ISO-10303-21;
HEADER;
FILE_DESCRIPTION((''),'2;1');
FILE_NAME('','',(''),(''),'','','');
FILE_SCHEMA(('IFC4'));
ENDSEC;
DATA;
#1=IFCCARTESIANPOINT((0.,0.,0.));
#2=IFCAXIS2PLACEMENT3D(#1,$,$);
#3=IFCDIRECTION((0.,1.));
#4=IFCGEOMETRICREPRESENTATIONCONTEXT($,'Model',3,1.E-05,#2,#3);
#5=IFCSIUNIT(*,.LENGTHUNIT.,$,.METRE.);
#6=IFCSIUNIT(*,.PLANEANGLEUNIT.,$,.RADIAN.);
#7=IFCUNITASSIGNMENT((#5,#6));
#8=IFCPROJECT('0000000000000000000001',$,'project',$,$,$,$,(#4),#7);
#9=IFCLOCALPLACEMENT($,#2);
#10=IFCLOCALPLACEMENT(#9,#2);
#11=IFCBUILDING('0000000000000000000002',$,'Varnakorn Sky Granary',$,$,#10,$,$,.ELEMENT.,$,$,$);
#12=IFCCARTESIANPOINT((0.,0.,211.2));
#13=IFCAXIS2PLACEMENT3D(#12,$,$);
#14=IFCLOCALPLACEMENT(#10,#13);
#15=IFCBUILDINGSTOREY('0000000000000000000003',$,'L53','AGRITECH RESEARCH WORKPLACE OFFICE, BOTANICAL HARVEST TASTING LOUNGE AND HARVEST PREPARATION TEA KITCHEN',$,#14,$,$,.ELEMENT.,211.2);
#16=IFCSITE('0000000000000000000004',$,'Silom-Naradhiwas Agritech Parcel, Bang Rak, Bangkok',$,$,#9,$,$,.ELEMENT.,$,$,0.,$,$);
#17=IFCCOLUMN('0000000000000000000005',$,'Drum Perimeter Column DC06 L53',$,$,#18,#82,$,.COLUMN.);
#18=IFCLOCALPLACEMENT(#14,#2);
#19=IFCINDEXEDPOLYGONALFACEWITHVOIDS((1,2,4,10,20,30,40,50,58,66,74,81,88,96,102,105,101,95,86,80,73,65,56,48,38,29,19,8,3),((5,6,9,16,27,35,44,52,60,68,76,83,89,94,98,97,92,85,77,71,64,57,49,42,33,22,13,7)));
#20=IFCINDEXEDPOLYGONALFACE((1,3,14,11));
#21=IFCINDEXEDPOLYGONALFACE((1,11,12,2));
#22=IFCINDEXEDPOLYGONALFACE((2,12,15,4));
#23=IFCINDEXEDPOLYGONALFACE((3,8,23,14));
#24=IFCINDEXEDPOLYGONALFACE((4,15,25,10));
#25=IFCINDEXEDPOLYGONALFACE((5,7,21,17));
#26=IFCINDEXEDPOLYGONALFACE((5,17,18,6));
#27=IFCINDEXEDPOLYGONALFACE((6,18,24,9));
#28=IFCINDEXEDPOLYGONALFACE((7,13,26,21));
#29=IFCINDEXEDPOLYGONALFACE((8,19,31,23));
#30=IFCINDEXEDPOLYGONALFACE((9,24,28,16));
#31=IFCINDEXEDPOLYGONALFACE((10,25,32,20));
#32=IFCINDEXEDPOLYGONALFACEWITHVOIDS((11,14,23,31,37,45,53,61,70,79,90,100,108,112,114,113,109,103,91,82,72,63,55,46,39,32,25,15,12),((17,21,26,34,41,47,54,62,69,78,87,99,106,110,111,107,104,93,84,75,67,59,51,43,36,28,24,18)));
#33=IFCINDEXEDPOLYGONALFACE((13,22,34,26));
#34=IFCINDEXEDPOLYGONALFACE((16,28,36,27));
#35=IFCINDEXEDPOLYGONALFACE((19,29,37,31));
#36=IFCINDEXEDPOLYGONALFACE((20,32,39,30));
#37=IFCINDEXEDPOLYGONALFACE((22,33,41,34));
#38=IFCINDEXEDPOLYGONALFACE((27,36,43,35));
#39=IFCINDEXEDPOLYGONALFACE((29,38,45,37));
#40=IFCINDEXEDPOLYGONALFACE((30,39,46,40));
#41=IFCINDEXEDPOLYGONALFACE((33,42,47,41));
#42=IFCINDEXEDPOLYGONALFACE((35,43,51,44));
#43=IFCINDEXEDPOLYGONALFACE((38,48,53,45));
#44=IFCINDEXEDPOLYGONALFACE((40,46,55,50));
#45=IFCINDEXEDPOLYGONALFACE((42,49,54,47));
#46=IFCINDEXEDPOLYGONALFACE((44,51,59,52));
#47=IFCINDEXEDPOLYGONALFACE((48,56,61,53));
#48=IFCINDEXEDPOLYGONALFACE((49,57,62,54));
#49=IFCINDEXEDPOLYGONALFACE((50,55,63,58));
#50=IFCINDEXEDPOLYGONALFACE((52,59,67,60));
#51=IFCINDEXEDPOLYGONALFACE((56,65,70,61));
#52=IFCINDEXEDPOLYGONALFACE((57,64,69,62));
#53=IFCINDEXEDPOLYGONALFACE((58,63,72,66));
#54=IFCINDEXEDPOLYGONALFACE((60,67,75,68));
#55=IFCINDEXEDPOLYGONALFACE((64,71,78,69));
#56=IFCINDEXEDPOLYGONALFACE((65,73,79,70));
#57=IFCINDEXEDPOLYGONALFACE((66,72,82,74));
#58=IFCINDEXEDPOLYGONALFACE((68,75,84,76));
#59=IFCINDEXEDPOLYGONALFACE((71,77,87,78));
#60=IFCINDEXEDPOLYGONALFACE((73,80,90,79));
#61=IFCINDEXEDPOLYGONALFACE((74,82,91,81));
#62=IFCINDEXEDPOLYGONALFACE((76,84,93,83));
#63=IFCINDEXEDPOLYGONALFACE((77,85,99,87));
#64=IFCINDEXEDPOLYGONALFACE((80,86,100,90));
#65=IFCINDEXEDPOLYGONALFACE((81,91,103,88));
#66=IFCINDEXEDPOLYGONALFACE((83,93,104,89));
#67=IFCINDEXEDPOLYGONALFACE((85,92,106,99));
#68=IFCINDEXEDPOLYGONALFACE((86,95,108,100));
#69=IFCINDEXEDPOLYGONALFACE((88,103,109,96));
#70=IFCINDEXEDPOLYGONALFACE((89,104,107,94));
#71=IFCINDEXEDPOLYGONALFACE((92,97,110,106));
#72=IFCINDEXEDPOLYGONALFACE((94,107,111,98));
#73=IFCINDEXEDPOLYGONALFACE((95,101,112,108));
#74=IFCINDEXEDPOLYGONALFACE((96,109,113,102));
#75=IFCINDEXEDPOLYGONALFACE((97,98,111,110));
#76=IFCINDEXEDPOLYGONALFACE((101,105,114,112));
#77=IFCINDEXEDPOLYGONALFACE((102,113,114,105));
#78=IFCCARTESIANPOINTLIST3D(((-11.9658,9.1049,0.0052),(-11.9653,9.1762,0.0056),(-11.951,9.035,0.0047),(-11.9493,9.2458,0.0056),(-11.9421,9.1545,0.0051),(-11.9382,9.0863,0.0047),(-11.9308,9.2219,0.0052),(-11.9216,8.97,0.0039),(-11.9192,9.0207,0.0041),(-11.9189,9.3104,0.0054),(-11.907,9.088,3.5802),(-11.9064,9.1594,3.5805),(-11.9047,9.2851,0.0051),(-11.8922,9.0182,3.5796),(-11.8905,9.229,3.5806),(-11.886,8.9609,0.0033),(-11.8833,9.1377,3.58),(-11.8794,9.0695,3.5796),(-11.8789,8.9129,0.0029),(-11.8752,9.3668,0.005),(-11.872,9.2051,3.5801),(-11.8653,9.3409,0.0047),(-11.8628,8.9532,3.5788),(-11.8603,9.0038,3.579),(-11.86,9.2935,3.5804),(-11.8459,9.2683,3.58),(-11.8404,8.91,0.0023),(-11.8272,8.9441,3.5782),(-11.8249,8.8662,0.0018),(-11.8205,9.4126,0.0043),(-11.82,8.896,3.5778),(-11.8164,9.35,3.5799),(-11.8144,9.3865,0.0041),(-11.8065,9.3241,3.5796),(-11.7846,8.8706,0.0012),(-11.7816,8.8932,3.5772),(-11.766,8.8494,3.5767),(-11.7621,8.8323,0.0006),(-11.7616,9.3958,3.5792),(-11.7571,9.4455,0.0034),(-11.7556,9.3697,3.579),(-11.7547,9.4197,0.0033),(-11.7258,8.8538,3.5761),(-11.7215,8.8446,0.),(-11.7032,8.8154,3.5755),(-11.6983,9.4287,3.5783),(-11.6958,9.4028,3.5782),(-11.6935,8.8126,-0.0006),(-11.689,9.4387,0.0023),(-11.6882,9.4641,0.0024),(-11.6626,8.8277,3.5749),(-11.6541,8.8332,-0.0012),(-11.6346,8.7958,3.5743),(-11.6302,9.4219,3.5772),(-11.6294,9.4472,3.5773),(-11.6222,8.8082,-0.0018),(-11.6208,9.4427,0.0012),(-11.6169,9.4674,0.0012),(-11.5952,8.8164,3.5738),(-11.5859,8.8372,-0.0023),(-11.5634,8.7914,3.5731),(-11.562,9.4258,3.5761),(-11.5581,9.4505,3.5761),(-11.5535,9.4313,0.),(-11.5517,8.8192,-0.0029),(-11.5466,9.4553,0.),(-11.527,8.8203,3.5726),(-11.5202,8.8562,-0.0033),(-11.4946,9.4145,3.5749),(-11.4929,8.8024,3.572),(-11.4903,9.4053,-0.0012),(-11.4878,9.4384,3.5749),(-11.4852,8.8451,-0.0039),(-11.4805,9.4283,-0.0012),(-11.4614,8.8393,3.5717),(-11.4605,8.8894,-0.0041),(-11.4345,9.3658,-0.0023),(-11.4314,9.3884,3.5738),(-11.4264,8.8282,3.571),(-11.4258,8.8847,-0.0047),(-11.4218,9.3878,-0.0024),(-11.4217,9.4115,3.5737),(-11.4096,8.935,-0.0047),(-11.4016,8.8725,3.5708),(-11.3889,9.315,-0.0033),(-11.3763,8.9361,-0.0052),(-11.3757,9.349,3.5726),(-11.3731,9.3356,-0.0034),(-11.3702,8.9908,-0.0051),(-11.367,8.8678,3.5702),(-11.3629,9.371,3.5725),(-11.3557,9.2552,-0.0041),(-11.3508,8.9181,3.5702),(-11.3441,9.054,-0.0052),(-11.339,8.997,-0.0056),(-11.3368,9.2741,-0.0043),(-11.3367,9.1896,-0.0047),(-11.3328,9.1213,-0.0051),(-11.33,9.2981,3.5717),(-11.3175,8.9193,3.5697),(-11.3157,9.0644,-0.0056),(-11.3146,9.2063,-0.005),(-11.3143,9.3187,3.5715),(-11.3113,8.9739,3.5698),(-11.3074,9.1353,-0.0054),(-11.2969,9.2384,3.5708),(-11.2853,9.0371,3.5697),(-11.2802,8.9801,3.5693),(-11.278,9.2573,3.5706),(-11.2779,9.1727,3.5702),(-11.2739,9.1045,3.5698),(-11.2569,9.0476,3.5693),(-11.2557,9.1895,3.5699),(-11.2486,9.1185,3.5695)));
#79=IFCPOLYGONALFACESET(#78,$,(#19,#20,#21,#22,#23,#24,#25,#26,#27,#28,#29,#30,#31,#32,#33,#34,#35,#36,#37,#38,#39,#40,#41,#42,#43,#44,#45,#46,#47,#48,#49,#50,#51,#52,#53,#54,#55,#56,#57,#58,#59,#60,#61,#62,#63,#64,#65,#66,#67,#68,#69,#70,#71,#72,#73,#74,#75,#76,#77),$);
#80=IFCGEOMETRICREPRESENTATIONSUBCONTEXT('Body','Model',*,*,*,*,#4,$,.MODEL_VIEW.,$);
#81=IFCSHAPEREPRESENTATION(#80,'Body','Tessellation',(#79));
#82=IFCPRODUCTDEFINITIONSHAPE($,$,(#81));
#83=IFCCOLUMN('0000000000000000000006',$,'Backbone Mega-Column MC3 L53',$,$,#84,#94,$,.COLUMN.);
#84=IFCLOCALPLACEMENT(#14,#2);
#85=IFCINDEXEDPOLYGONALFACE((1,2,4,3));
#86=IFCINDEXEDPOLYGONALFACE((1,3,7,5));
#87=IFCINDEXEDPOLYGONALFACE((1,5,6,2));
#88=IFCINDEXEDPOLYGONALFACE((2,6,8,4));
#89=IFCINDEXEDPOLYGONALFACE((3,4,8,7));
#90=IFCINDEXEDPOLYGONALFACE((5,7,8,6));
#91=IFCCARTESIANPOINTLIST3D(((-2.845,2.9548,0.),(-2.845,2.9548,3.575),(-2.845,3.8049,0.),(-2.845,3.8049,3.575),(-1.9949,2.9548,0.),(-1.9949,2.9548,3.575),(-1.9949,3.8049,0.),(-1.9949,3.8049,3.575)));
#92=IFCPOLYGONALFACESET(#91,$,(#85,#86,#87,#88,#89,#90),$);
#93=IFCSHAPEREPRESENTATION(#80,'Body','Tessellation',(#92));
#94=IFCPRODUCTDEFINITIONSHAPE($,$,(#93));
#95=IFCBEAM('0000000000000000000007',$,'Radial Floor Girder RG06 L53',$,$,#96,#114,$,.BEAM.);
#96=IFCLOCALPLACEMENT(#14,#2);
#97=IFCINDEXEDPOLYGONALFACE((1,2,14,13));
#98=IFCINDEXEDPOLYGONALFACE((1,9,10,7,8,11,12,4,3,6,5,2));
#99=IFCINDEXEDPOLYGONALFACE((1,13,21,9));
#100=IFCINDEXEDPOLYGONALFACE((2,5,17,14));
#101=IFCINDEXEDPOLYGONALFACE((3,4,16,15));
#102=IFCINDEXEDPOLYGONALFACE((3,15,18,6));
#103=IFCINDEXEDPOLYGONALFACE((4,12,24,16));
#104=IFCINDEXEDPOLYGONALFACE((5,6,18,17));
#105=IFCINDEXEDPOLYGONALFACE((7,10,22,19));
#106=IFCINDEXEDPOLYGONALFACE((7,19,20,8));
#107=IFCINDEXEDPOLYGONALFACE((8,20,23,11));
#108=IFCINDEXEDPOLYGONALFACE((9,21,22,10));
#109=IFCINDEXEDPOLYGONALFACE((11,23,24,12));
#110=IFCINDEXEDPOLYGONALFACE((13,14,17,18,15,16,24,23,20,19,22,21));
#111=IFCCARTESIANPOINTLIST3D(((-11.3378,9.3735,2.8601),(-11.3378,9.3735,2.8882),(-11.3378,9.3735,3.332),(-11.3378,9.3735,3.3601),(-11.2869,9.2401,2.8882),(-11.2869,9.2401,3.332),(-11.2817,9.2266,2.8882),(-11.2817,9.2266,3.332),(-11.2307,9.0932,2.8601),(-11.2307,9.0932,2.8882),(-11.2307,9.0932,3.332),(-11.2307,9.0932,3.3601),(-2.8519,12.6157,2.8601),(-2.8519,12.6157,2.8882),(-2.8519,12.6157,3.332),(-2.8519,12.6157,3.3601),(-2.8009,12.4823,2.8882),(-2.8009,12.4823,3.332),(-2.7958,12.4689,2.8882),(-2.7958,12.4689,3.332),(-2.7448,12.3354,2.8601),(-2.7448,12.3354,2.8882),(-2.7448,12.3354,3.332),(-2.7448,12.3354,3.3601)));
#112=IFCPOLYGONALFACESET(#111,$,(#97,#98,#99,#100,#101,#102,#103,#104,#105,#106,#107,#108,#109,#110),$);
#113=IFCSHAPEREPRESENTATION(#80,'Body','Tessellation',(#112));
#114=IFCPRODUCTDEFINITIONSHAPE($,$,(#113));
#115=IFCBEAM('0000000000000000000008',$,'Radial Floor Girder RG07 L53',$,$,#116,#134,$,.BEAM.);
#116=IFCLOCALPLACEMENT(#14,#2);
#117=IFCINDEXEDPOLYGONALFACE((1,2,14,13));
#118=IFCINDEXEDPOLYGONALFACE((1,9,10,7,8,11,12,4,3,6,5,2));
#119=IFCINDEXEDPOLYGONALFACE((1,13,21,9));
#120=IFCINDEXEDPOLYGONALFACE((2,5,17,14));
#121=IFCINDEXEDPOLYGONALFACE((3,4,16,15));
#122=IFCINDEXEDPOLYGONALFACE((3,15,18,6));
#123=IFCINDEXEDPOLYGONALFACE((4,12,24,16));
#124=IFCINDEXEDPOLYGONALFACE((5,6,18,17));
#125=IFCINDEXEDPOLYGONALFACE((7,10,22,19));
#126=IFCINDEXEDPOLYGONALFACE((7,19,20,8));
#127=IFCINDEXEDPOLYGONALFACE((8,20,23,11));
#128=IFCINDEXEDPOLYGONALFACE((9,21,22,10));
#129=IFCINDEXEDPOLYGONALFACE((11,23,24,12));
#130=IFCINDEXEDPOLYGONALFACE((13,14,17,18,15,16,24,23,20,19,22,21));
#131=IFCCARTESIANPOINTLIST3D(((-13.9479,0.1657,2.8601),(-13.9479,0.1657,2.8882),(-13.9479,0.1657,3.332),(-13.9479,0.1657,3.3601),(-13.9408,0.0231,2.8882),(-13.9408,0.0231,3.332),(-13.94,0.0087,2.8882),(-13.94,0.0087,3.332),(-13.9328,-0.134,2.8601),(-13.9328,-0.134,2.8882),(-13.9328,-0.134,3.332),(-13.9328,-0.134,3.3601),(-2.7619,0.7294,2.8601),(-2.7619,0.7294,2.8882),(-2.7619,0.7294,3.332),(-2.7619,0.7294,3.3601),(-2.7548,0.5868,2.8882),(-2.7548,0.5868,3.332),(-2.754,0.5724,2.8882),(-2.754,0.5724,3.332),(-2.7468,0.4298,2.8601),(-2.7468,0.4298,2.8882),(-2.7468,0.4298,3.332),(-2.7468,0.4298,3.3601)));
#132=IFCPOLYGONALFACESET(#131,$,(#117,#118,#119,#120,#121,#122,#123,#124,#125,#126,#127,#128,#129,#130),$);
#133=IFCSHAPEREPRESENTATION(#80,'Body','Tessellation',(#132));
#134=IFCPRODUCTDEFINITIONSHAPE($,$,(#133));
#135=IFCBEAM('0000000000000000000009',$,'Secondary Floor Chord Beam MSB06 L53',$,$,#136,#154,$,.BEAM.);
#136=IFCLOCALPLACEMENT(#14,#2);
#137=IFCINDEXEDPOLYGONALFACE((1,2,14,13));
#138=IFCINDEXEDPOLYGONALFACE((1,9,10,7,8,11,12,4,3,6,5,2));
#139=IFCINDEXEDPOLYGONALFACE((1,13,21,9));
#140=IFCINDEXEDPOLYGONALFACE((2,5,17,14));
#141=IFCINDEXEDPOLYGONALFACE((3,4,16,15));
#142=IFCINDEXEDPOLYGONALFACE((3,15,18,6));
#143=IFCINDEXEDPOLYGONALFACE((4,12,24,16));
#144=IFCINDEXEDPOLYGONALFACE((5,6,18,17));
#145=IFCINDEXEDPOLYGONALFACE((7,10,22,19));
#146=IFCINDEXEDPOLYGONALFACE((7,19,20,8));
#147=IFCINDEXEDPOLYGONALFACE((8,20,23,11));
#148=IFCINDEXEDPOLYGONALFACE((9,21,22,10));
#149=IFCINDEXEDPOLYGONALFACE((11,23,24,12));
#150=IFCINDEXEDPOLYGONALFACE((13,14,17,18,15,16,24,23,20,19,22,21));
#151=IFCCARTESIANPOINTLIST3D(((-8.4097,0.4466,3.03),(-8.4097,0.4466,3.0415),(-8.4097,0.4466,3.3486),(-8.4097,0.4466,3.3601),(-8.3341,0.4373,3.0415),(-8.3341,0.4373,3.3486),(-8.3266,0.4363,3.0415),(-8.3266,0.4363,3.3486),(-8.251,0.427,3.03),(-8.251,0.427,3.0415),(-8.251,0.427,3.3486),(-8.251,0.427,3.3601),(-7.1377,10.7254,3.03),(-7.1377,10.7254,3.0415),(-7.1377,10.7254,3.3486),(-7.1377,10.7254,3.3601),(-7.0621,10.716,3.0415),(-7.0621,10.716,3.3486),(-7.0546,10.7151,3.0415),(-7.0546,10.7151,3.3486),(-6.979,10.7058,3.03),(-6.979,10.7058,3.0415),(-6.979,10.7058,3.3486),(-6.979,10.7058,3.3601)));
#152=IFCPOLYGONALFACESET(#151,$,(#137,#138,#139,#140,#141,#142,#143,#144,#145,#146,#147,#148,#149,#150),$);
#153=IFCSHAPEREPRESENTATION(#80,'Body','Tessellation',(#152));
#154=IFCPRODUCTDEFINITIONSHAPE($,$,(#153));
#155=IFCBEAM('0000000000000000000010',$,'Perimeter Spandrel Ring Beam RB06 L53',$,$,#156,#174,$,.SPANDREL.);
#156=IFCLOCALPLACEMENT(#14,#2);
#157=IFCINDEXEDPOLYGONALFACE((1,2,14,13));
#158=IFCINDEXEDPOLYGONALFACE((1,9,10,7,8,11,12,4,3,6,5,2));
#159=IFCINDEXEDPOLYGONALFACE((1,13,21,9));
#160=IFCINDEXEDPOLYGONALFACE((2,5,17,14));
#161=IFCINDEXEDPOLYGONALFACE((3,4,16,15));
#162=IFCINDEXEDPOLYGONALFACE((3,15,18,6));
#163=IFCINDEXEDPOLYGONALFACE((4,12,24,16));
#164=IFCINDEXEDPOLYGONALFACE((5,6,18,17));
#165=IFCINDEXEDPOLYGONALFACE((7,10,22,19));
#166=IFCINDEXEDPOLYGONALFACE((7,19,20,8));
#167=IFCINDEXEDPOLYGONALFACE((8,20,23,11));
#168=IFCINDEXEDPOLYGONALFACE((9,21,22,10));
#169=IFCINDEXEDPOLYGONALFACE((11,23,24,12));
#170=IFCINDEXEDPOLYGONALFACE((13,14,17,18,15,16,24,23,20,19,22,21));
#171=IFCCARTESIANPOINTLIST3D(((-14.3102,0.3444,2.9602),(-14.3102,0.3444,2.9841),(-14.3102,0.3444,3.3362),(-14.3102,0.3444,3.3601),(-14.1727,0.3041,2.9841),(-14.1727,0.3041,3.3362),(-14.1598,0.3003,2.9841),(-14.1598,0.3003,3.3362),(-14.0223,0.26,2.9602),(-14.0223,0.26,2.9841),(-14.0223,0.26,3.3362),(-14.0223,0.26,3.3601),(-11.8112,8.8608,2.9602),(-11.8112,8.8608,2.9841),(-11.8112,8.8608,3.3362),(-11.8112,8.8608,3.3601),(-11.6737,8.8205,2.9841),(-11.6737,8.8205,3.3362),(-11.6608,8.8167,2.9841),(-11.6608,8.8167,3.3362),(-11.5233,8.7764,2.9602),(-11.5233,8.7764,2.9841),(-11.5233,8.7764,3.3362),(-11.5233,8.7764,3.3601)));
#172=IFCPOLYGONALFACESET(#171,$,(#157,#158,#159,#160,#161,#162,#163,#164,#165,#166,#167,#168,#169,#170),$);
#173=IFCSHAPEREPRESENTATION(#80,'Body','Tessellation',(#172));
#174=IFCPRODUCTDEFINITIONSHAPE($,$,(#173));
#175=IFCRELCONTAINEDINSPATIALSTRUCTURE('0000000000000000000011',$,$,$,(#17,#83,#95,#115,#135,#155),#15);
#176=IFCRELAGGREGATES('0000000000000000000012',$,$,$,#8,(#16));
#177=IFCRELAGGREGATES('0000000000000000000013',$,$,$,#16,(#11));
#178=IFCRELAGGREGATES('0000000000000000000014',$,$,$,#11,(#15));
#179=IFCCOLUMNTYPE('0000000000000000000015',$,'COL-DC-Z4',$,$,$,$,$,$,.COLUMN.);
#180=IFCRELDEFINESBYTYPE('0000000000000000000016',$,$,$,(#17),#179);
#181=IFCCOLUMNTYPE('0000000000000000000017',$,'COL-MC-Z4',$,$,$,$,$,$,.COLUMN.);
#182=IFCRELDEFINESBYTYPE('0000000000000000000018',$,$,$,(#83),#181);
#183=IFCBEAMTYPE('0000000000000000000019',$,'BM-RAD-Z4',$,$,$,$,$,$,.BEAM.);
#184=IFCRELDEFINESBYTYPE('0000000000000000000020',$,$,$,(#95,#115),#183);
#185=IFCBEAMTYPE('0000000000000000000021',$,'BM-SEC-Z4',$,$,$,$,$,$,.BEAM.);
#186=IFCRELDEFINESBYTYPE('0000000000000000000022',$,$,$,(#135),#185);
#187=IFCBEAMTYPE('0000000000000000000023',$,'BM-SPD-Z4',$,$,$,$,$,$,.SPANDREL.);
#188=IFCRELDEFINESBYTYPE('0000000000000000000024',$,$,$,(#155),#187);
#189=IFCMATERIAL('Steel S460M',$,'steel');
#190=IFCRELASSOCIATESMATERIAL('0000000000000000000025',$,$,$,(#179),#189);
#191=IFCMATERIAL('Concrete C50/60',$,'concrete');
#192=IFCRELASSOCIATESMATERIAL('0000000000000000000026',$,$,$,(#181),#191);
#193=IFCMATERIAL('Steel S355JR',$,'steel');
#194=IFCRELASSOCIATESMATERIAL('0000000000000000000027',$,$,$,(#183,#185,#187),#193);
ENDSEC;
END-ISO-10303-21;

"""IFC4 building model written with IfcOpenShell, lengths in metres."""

from ifc_helpers import new_model, si_unit, direction, frame, origin, origin_2d, place, context, subcontext, project, spatial, rectangle, hollow_circle, i_section, extrude, material, material_profile, profile_set, type_object, element, save


model = new_model("IFC4")

# Units and contexts
model_context = context("Model", 3, precision=1e-05, world=origin(), true_north=direction((0.0, 1.0)))
body_context = subcontext(model_context, "Body", "Model", "MODEL_VIEW")
ifc_project = project(units=[si_unit("LENGTHUNIT", "METRE"), si_unit("PLANEANGLEUNIT", "RADIAN")], contexts=[model_context])

# Site, building, storey
site_placement = place(None, origin())
site = spatial("IfcSite", under=ifc_project, at=site_placement, Name="Silom-Naradhiwas Agritech Parcel, Bang Rak, Bangkok", CompositionType="ELEMENT", RefElevation=0.0)
building_placement = place(site_placement, origin())
building = spatial("IfcBuilding", under=site, at=building_placement, Name="Varnakorn Sky Granary", CompositionType="ELEMENT")
storey_placement = place(building_placement, frame((0.0, 0.0, 211.2)))
storey = spatial("IfcBuildingStorey", under=building, at=storey_placement, Name="L53", Description="AGRITECH RESEARCH WORKPLACE OFFICE, BOTANICAL HARVEST TASTING LOUNGE AND HARVEST PREPARATION TEA KITCHEN", CompositionType="ELEMENT", Elevation=211.2)

# Columns
ifc_material_1 = material(Name="Steel S460M", Category="steel")
ifc_material_profile_1 = material_profile(ifc_material_1, hollow_circle(Radius=0.3301, WallThickness=0.0249, at=origin_2d()), Name="CHS 660x25")
ifc_profile_set_1 = profile_set([ifc_material_profile_1], Name="Steel S460M")
column_type_1 = type_object("IfcColumnType", Name="COL-DC-Z4", PredefinedType="COLUMN", material=ifc_profile_set_1)
column_1_placement = place(storey_placement, frame((-11.6375, 9.1379, 0.0), z_axis=(0.016456, -0.004711, 0.999853), x_axis=(0.275248, 0.961373, 0.0)))
element("IfcColumn", 1, at=column_1_placement, inside=storey, type_object=column_type_1, Name="Drum Perimeter Column DC06 L53", PredefinedType="COLUMN", context=body_context, shape_type="SweptSolid", body=[
    extrude(hollow_circle(Radius=0.3301, WallThickness=0.0249, at=origin_2d()), origin(), (0.0, 0.0, 1.0), 3.5754),
])
ifc_material_2 = material(Name="Concrete C50/60", Category="concrete")
ifc_material_profile_2 = material_profile(ifc_material_2, rectangle(XDim=0.8501, YDim=0.8501, at=origin_2d()), Name="RC 850x850")
ifc_profile_set_2 = profile_set([ifc_material_profile_2], Name="Concrete C50/60")
column_type_2 = type_object("IfcColumnType", Name="COL-MC-Z4", PredefinedType="COLUMN", material=ifc_profile_set_2)
column_2_placement = place(storey_placement, frame((-2.4199, 3.3799, 0.0), z_axis=(0.0, 0.0, 1.0), x_axis=(1.0, 0.0, 0.0)))
element("IfcColumn", 2, at=column_2_placement, inside=storey, type_object=column_type_2, Name="Backbone Mega-Column MC3 L53", PredefinedType="COLUMN", context=body_context, shape_type="SweptSolid", body=[
    extrude(rectangle(XDim=0.8501, YDim=0.8501, at=origin_2d()), origin(), (0.0, 0.0, 1.0), 3.575),
])

# Beams
ifc_material_3 = material(Name="Steel S355JR", Category="steel")
ifc_material_profile_3 = material_profile(ifc_material_3, i_section(OverallWidth=0.3, OverallDepth=0.5, WebThickness=0.0144, FlangeThickness=0.0281, at=origin_2d()), Name="HE 500 B")
ifc_profile_set_3 = profile_set([ifc_material_profile_3], Name="Steel S355JR")
beam_type_1 = type_object("IfcBeamType", Name="BM-RAD-Z4", PredefinedType="BEAM", material=ifc_profile_set_3)
beam_1_placement = place(storey_placement, frame((-2.7983, 12.4756, 3.1101), z_axis=(-0.93414, -0.356907, 0.0), x_axis=(0.356907, -0.93414, 0.0)))
element("IfcBeam", 3, at=beam_1_placement, inside=storey, type_object=beam_type_1, Name="Radial Floor Girder RG06 L53", PredefinedType="BEAM", context=body_context, shape_type="SweptSolid", body=[
    extrude(i_section(OverallWidth=0.3, OverallDepth=0.5, WebThickness=0.0144, FlangeThickness=0.0281, at=origin_2d()), origin(), (0.0, 0.0, 1.0), 9.0842),
])
beam_2_placement = place(storey_placement, frame((-2.7544, 0.5796, 3.1101), z_axis=(-0.998733, -0.050331, 0.0), x_axis=(0.050331, -0.998733, 0.0)))
element("IfcBeam", 4, at=beam_2_placement, inside=storey, type_object=beam_type_1, Name="Radial Floor Girder RG07 L53", PredefinedType="BEAM", context=body_context, shape_type="SweptSolid", body=[
    extrude(i_section(OverallWidth=0.3, OverallDepth=0.5, WebThickness=0.0144, FlangeThickness=0.0281, at=origin_2d()), origin(), (0.0, 0.0, 1.0), 11.2002),
])
ifc_material_profile_4 = material_profile(ifc_material_3, i_section(OverallWidth=0.1599, OverallDepth=0.3301, WebThickness=0.0076, FlangeThickness=0.0115, at=origin_2d()), Name="IPE 330")
ifc_profile_set_4 = profile_set([ifc_material_profile_4], Name="Steel S355JR")
beam_type_2 = type_object("IfcBeamType", Name="BM-SEC-Z4", PredefinedType="BEAM", material=ifc_profile_set_4)
beam_3_placement = place(storey_placement, frame((-7.0583, 10.7156, 3.1951), z_axis=(-0.12281, -0.99243, 0.0), x_axis=(0.99243, -0.12281, 0.0)))
element("IfcBeam", 5, at=beam_3_placement, inside=storey, type_object=beam_type_2, Name="Secondary Floor Chord Beam MSB06 L53", PredefinedType="BEAM", context=body_context, shape_type="SweptSolid", body=[
    extrude(i_section(OverallWidth=0.1599, OverallDepth=0.3301, WebThickness=0.0076, FlangeThickness=0.0115, at=origin_2d()), origin(), (0.0, 0.0, 1.0), 10.3572),
])
ifc_material_profile_5 = material_profile(ifc_material_3, i_section(OverallWidth=0.3, OverallDepth=0.3999, WebThickness=0.0134, FlangeThickness=0.0239, at=origin_2d()), Name="HE 400 B")
ifc_profile_set_5 = profile_set([ifc_material_profile_5], Name="Steel S355JR")
beam_type_3 = type_object("IfcBeamType", Name="BM-SPD-Z4", PredefinedType="SPANDREL", material=ifc_profile_set_5)
beam_4_placement = place(storey_placement, frame((-11.6672, 8.8186, 3.1602), z_axis=(-0.281566, -0.959542, 0.0), x_axis=(0.959542, -0.281566, 0.0)))
element("IfcBeam", 6, at=beam_4_placement, inside=storey, type_object=beam_type_3, Name="Perimeter Spandrel Ring Beam RB06 L53", PredefinedType="SPANDREL", context=body_context, shape_type="SweptSolid", body=[
    extrude(i_section(OverallWidth=0.3, OverallDepth=0.3999, WebThickness=0.0134, FlangeThickness=0.0239, at=origin_2d()), origin(), (0.0, 0.0, 1.0), 8.8755),
])

save(model, "model.ifc")
